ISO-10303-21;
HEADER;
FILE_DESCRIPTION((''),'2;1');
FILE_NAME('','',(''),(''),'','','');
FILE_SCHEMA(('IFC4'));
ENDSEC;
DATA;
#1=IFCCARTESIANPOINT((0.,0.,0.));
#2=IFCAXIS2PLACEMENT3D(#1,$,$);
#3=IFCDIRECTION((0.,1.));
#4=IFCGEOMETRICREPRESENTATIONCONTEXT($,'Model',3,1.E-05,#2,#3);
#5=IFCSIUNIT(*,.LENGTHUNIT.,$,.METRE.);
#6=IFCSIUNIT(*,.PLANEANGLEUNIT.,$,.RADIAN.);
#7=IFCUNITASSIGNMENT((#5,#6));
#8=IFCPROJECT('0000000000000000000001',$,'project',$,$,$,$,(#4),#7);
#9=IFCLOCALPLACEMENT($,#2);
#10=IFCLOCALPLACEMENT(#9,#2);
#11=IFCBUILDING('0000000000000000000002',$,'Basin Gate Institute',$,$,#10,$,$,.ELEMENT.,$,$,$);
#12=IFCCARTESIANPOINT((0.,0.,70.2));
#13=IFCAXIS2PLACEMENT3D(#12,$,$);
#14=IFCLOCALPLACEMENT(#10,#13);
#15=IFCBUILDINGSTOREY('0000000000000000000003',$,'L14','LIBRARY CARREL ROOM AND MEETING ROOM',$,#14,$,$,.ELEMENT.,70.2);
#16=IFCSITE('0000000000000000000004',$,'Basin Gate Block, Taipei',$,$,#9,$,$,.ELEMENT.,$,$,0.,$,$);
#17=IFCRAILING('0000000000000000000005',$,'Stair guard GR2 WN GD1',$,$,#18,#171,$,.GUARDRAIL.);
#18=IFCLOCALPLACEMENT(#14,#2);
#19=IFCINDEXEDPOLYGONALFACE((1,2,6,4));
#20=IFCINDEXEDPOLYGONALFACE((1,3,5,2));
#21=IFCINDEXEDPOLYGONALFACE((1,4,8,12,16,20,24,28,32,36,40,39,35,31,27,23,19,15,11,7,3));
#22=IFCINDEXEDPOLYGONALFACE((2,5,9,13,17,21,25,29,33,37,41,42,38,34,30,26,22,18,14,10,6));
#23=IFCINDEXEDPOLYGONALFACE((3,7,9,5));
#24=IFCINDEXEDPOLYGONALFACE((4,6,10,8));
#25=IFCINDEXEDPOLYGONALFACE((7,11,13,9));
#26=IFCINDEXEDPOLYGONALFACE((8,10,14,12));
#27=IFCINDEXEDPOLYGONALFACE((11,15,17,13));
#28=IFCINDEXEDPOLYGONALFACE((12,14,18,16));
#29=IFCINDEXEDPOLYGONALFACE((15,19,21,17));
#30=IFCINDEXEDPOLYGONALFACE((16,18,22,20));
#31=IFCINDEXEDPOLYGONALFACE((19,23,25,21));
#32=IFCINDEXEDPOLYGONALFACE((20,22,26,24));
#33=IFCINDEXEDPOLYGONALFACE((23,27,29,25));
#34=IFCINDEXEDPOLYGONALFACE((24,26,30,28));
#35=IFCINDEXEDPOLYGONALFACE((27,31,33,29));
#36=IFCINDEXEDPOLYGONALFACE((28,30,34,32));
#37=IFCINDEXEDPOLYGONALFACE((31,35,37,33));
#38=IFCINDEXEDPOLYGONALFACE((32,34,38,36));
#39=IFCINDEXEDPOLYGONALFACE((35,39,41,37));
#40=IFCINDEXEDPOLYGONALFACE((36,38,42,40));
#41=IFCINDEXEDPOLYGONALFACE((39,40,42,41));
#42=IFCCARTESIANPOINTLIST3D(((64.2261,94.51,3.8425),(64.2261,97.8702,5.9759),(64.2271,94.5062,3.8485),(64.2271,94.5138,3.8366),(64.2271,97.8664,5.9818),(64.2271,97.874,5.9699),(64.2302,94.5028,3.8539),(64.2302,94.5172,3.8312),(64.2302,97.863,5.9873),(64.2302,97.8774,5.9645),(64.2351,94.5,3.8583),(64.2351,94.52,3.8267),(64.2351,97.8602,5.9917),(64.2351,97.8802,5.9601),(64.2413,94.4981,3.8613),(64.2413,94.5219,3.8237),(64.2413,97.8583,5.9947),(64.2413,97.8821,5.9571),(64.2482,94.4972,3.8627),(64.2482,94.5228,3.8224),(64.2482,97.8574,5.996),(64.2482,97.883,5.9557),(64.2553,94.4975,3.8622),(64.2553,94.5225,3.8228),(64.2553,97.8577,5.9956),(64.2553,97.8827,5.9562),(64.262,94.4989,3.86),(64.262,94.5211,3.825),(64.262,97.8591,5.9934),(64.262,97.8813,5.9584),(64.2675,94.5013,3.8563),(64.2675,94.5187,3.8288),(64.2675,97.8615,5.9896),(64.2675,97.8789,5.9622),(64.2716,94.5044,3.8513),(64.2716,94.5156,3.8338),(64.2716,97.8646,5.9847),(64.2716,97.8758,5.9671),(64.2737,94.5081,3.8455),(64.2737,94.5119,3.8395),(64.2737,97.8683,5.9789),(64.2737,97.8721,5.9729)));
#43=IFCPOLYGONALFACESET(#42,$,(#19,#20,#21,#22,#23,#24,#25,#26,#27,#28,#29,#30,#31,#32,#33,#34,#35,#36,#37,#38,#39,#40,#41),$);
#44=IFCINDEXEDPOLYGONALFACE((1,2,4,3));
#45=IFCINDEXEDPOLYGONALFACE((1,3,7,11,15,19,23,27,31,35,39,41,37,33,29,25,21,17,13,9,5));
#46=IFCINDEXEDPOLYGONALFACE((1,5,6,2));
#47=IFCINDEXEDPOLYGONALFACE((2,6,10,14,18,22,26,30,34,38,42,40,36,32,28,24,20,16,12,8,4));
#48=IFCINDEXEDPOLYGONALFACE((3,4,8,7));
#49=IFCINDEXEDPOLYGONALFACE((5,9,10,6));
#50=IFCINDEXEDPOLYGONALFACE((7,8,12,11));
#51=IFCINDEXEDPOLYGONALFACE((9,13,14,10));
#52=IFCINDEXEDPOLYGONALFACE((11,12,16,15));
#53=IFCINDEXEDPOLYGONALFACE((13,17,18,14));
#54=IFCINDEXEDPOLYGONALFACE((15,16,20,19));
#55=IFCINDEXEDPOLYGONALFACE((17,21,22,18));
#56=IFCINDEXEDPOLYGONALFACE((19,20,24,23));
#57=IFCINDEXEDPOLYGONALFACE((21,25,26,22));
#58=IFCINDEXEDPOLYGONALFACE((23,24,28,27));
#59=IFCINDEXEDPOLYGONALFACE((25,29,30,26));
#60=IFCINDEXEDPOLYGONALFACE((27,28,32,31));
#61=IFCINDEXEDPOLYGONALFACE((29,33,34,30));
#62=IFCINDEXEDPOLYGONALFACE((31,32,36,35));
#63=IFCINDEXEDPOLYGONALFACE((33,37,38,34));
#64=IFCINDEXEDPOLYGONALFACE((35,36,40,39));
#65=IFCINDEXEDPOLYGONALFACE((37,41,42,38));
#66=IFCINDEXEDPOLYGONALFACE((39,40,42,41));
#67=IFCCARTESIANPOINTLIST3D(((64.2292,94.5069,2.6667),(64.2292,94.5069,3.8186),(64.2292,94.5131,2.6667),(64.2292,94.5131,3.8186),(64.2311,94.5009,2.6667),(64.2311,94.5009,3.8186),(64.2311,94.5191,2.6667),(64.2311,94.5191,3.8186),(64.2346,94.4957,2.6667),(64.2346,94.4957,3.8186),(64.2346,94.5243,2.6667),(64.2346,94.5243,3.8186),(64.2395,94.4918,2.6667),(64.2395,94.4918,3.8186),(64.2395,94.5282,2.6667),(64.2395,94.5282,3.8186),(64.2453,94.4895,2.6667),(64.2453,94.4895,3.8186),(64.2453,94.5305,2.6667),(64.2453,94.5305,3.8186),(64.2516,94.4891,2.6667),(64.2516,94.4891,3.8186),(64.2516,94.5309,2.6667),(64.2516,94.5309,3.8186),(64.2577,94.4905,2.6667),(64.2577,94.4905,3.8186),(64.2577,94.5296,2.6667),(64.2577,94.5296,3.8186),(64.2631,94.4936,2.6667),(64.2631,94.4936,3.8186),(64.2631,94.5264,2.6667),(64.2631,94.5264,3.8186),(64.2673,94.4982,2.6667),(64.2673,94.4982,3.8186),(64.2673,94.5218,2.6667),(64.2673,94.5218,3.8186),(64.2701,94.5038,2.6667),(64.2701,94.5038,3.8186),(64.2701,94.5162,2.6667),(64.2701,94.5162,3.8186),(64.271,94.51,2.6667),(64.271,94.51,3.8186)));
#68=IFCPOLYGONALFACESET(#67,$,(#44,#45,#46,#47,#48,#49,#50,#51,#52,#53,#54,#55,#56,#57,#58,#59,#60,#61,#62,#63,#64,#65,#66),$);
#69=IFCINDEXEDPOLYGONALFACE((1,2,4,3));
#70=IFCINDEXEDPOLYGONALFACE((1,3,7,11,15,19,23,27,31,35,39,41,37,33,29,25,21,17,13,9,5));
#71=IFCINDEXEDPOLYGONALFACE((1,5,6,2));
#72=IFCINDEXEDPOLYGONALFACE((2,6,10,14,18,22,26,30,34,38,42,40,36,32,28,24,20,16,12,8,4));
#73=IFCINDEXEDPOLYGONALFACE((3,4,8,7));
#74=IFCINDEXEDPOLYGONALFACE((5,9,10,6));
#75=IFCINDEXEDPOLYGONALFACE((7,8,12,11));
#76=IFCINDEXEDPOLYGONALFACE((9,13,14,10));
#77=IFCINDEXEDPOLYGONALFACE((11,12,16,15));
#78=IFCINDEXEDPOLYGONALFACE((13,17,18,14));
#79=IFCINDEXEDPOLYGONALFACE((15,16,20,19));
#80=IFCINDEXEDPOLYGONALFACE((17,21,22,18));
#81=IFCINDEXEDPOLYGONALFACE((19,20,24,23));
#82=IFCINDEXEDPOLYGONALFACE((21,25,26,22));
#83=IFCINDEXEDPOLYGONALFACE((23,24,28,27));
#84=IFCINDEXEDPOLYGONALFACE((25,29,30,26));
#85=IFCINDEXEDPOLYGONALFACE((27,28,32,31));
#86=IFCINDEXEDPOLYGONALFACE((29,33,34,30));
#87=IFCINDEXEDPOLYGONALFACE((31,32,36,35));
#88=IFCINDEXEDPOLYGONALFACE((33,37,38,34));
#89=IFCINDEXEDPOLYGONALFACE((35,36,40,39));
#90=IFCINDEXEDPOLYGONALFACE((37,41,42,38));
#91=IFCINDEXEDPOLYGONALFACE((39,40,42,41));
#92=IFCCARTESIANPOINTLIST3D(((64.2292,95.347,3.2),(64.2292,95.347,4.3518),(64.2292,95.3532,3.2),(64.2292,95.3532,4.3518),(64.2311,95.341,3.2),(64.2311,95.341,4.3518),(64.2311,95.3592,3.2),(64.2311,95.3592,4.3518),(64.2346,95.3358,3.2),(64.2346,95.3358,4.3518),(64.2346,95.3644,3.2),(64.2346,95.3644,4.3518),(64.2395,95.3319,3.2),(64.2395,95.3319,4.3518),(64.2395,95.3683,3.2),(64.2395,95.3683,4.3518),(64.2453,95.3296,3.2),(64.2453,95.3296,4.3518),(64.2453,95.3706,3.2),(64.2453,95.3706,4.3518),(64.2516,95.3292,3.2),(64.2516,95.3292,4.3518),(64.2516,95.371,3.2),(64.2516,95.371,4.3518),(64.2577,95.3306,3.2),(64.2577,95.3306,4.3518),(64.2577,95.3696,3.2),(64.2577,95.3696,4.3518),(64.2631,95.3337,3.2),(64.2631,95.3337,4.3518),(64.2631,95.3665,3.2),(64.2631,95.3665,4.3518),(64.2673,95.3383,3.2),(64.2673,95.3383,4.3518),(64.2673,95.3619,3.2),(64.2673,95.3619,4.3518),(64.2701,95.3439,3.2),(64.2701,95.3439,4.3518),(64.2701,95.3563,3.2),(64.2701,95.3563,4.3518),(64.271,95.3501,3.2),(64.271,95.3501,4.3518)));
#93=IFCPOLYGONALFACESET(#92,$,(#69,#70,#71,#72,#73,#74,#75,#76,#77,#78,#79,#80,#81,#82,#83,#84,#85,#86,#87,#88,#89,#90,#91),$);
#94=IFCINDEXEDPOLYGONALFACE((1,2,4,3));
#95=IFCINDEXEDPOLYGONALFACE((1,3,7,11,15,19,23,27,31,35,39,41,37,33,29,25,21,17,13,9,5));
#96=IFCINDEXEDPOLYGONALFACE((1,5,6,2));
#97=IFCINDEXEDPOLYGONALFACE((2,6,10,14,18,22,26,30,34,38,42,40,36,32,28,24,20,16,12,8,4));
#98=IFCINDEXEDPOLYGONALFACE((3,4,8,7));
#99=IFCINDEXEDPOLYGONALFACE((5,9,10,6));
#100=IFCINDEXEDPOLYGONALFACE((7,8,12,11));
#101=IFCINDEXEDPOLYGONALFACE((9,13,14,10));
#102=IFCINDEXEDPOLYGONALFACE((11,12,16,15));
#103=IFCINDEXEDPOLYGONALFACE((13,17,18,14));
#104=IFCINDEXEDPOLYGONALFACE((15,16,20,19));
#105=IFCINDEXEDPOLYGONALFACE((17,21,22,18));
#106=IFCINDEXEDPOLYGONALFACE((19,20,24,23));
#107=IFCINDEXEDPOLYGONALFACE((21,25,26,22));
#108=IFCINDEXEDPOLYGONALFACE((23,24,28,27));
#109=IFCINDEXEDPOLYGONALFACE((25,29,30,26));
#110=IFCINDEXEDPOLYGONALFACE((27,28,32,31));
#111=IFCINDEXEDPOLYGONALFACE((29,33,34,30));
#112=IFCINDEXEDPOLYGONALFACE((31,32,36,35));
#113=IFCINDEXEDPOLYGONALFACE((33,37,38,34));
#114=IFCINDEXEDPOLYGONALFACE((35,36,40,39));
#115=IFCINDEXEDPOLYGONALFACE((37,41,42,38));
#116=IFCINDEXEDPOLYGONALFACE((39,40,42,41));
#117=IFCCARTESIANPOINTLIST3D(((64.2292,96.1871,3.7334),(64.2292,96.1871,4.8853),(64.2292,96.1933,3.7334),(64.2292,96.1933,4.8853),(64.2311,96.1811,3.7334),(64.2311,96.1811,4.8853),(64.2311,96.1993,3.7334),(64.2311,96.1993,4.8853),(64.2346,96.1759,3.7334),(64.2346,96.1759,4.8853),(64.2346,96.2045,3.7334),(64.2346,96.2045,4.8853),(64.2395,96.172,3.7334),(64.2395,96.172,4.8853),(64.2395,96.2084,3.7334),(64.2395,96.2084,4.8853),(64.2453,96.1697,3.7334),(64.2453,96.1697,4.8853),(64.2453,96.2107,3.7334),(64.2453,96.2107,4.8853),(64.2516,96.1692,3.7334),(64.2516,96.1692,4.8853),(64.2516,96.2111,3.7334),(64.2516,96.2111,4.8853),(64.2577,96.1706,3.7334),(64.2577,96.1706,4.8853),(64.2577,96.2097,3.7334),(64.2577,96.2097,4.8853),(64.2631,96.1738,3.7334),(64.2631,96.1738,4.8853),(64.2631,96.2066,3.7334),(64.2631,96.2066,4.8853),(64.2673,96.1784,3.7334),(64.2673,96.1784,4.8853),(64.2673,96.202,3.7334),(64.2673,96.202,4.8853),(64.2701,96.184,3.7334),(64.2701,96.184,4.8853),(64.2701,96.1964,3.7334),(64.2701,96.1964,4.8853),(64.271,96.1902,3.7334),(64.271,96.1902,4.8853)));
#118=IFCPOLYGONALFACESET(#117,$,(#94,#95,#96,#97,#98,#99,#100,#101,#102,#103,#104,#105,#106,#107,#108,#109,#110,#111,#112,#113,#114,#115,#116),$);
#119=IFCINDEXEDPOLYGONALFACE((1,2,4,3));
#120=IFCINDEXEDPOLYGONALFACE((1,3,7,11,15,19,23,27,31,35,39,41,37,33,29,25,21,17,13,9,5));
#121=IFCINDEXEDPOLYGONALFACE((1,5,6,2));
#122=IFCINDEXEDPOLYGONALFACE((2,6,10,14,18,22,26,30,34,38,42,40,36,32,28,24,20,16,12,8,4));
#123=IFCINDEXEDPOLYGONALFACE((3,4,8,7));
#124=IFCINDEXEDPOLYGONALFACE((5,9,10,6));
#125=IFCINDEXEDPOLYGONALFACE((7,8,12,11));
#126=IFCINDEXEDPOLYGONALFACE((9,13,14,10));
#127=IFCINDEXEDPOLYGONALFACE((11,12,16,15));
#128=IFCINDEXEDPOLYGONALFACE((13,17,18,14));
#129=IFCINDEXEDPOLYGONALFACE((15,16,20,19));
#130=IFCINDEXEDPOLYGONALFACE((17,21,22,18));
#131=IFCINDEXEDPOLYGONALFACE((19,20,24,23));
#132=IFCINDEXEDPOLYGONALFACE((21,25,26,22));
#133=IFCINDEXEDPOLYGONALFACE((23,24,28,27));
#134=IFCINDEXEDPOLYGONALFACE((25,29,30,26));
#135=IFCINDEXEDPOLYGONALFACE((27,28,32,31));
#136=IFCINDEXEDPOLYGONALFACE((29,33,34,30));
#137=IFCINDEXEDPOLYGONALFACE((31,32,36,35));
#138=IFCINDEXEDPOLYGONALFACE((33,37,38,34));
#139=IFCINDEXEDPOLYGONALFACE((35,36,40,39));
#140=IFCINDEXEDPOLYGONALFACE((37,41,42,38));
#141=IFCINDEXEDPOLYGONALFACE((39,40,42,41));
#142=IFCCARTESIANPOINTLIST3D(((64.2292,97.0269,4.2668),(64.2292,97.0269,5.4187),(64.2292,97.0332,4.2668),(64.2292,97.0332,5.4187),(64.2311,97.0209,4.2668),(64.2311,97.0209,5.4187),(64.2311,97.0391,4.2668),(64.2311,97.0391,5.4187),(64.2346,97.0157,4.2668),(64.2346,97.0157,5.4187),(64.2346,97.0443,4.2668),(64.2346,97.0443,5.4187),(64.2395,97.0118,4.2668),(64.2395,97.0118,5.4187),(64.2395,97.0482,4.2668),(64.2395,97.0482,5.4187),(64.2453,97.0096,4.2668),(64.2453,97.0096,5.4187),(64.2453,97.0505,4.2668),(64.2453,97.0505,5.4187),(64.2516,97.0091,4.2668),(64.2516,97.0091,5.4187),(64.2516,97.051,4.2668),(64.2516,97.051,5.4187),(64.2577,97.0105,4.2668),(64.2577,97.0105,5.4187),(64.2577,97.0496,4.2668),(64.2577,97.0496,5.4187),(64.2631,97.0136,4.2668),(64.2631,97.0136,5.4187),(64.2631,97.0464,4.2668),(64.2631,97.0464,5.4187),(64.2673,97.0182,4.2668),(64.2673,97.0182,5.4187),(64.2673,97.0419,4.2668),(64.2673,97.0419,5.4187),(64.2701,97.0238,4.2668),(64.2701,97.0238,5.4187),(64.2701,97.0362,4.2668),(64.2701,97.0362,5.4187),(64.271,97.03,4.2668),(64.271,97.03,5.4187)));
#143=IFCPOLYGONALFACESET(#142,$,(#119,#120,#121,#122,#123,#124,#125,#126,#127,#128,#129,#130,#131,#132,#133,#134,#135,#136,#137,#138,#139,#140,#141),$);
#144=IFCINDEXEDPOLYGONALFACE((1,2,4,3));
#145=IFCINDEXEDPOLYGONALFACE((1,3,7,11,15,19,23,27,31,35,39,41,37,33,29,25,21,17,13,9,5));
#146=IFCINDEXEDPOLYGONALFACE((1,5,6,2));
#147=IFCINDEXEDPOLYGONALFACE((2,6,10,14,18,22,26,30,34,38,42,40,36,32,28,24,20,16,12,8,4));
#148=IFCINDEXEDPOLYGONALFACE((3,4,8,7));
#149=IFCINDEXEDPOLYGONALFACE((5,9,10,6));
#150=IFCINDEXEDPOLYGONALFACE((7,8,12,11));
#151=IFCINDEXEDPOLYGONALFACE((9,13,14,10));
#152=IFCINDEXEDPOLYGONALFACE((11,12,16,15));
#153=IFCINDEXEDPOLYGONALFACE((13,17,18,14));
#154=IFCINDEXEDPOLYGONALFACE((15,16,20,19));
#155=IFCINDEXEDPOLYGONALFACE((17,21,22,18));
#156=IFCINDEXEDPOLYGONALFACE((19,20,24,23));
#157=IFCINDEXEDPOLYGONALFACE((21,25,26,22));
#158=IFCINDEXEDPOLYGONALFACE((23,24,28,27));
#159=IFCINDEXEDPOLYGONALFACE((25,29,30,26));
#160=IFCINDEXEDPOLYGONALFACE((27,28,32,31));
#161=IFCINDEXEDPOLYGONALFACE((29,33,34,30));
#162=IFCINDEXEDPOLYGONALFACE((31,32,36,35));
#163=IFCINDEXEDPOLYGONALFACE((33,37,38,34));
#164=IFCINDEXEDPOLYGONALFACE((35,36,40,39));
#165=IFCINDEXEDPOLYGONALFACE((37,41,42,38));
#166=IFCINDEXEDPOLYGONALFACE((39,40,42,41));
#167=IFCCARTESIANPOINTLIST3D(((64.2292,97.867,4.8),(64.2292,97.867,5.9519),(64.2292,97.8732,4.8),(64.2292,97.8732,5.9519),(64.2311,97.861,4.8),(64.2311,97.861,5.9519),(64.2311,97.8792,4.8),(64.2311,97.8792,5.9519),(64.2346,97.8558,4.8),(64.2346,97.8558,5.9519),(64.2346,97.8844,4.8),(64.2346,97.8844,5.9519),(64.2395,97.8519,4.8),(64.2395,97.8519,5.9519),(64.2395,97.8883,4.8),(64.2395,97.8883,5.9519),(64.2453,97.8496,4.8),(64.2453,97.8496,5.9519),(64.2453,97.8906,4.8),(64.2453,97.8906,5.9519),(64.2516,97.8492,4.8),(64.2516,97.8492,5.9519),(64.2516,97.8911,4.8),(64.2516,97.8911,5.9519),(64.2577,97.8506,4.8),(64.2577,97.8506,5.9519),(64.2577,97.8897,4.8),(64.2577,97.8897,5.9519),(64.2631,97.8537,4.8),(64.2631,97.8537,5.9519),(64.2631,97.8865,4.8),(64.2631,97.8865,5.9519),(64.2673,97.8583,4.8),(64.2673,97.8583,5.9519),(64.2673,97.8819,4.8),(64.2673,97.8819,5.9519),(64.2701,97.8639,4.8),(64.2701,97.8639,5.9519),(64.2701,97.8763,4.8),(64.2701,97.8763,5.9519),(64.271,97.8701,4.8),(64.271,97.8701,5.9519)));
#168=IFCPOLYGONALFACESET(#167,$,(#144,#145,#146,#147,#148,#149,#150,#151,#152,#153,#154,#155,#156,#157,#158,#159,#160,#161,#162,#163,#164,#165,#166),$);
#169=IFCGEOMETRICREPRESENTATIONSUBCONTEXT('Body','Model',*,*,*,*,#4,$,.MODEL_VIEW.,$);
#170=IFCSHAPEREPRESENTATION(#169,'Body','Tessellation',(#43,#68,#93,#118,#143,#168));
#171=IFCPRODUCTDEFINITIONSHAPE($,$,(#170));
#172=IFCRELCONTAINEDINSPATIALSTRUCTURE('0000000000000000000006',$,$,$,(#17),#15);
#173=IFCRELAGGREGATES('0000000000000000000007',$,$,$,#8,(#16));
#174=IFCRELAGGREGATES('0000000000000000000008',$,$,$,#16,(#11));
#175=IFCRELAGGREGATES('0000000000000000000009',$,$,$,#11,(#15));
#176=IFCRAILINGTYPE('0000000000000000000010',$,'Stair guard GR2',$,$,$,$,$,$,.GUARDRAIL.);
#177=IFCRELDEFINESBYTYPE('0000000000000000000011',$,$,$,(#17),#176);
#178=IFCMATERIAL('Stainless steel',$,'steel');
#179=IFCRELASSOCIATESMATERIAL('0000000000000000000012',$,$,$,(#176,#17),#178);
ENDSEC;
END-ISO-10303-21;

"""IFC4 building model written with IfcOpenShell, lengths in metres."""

from ifc_helpers import new_model, si_unit, direction, frame, origin, origin_2d, place, context, subcontext, project, spatial, circle, extrude, material, type_object, element, save


model = new_model("IFC4")

# Units and contexts
model_context = context("Model", 3, precision=1e-05, world=origin(), true_north=direction((0.0, 1.0)))
body_context = subcontext(model_context, "Body", "Model", "MODEL_VIEW")
ifc_project = project(units=[si_unit("LENGTHUNIT", "METRE"), si_unit("PLANEANGLEUNIT", "RADIAN")], contexts=[model_context])

# Site, building, storey
site_placement = place(None, origin())
site = spatial("IfcSite", under=ifc_project, at=site_placement, Name="Basin Gate Block, Taipei", CompositionType="ELEMENT", RefElevation=0.0)
building_placement = place(site_placement, origin())
building = spatial("IfcBuilding", under=site, at=building_placement, Name="Basin Gate Institute", CompositionType="ELEMENT")
storey_placement = place(building_placement, frame((0.0, 0.0, 70.2)))
storey = spatial("IfcBuildingStorey", under=building, at=storey_placement, Name="L14", Description="LIBRARY CARREL ROOM AND MEETING ROOM", CompositionType="ELEMENT", Elevation=70.2)

# Railing
ifc_material_1 = material(Name="Stainless steel", Category="steel")
railing_type_1 = type_object("IfcRailingType", Name="Stair guard GR2", PredefinedType="GUARDRAIL", material=ifc_material_1)
railing_1_placement = place(storey_placement, frame((64.25, 94.51, 2.6667)))
element("IfcRailing", 1, at=railing_1_placement, inside=storey, type_object=railing_type_1, material=ifc_material_1, Name="Stair guard GR2 WN GD1", PredefinedType="GUARDRAIL", context=body_context, shape_type="SweptSolid", body=[
    extrude(circle(Radius=0.0239, at=origin_2d()), frame((0.0, 0.0, 1.1758), z_axis=(0.0, 0.844224, 0.53599), x_axis=(-1.0, 0.0, 0.0)), (0.0, 0.0, 1.0), 3.9802),
    extrude(circle(Radius=0.021, at=origin_2d()), origin(), (0.0, 0.0, 1.0), 1.1519),
    extrude(circle(Radius=0.021, at=origin_2d()), frame((0.0, 0.8401, 0.5332)), (0.0, 0.0, 1.0), 1.1519),
    extrude(circle(Radius=0.021, at=origin_2d()), frame((0.0, 1.6802, 1.0667)), (0.0, 0.0, 1.0), 1.1519),
    extrude(circle(Radius=0.021, at=origin_2d()), frame((0.0, 2.52, 1.6001)), (0.0, 0.0, 1.0), 1.1519),
    extrude(circle(Radius=0.021, at=origin_2d()), frame((0.0, 3.3601, 2.1333)), (0.0, 0.0, 1.0), 1.1519),
])

save(model, "model.ifc")
